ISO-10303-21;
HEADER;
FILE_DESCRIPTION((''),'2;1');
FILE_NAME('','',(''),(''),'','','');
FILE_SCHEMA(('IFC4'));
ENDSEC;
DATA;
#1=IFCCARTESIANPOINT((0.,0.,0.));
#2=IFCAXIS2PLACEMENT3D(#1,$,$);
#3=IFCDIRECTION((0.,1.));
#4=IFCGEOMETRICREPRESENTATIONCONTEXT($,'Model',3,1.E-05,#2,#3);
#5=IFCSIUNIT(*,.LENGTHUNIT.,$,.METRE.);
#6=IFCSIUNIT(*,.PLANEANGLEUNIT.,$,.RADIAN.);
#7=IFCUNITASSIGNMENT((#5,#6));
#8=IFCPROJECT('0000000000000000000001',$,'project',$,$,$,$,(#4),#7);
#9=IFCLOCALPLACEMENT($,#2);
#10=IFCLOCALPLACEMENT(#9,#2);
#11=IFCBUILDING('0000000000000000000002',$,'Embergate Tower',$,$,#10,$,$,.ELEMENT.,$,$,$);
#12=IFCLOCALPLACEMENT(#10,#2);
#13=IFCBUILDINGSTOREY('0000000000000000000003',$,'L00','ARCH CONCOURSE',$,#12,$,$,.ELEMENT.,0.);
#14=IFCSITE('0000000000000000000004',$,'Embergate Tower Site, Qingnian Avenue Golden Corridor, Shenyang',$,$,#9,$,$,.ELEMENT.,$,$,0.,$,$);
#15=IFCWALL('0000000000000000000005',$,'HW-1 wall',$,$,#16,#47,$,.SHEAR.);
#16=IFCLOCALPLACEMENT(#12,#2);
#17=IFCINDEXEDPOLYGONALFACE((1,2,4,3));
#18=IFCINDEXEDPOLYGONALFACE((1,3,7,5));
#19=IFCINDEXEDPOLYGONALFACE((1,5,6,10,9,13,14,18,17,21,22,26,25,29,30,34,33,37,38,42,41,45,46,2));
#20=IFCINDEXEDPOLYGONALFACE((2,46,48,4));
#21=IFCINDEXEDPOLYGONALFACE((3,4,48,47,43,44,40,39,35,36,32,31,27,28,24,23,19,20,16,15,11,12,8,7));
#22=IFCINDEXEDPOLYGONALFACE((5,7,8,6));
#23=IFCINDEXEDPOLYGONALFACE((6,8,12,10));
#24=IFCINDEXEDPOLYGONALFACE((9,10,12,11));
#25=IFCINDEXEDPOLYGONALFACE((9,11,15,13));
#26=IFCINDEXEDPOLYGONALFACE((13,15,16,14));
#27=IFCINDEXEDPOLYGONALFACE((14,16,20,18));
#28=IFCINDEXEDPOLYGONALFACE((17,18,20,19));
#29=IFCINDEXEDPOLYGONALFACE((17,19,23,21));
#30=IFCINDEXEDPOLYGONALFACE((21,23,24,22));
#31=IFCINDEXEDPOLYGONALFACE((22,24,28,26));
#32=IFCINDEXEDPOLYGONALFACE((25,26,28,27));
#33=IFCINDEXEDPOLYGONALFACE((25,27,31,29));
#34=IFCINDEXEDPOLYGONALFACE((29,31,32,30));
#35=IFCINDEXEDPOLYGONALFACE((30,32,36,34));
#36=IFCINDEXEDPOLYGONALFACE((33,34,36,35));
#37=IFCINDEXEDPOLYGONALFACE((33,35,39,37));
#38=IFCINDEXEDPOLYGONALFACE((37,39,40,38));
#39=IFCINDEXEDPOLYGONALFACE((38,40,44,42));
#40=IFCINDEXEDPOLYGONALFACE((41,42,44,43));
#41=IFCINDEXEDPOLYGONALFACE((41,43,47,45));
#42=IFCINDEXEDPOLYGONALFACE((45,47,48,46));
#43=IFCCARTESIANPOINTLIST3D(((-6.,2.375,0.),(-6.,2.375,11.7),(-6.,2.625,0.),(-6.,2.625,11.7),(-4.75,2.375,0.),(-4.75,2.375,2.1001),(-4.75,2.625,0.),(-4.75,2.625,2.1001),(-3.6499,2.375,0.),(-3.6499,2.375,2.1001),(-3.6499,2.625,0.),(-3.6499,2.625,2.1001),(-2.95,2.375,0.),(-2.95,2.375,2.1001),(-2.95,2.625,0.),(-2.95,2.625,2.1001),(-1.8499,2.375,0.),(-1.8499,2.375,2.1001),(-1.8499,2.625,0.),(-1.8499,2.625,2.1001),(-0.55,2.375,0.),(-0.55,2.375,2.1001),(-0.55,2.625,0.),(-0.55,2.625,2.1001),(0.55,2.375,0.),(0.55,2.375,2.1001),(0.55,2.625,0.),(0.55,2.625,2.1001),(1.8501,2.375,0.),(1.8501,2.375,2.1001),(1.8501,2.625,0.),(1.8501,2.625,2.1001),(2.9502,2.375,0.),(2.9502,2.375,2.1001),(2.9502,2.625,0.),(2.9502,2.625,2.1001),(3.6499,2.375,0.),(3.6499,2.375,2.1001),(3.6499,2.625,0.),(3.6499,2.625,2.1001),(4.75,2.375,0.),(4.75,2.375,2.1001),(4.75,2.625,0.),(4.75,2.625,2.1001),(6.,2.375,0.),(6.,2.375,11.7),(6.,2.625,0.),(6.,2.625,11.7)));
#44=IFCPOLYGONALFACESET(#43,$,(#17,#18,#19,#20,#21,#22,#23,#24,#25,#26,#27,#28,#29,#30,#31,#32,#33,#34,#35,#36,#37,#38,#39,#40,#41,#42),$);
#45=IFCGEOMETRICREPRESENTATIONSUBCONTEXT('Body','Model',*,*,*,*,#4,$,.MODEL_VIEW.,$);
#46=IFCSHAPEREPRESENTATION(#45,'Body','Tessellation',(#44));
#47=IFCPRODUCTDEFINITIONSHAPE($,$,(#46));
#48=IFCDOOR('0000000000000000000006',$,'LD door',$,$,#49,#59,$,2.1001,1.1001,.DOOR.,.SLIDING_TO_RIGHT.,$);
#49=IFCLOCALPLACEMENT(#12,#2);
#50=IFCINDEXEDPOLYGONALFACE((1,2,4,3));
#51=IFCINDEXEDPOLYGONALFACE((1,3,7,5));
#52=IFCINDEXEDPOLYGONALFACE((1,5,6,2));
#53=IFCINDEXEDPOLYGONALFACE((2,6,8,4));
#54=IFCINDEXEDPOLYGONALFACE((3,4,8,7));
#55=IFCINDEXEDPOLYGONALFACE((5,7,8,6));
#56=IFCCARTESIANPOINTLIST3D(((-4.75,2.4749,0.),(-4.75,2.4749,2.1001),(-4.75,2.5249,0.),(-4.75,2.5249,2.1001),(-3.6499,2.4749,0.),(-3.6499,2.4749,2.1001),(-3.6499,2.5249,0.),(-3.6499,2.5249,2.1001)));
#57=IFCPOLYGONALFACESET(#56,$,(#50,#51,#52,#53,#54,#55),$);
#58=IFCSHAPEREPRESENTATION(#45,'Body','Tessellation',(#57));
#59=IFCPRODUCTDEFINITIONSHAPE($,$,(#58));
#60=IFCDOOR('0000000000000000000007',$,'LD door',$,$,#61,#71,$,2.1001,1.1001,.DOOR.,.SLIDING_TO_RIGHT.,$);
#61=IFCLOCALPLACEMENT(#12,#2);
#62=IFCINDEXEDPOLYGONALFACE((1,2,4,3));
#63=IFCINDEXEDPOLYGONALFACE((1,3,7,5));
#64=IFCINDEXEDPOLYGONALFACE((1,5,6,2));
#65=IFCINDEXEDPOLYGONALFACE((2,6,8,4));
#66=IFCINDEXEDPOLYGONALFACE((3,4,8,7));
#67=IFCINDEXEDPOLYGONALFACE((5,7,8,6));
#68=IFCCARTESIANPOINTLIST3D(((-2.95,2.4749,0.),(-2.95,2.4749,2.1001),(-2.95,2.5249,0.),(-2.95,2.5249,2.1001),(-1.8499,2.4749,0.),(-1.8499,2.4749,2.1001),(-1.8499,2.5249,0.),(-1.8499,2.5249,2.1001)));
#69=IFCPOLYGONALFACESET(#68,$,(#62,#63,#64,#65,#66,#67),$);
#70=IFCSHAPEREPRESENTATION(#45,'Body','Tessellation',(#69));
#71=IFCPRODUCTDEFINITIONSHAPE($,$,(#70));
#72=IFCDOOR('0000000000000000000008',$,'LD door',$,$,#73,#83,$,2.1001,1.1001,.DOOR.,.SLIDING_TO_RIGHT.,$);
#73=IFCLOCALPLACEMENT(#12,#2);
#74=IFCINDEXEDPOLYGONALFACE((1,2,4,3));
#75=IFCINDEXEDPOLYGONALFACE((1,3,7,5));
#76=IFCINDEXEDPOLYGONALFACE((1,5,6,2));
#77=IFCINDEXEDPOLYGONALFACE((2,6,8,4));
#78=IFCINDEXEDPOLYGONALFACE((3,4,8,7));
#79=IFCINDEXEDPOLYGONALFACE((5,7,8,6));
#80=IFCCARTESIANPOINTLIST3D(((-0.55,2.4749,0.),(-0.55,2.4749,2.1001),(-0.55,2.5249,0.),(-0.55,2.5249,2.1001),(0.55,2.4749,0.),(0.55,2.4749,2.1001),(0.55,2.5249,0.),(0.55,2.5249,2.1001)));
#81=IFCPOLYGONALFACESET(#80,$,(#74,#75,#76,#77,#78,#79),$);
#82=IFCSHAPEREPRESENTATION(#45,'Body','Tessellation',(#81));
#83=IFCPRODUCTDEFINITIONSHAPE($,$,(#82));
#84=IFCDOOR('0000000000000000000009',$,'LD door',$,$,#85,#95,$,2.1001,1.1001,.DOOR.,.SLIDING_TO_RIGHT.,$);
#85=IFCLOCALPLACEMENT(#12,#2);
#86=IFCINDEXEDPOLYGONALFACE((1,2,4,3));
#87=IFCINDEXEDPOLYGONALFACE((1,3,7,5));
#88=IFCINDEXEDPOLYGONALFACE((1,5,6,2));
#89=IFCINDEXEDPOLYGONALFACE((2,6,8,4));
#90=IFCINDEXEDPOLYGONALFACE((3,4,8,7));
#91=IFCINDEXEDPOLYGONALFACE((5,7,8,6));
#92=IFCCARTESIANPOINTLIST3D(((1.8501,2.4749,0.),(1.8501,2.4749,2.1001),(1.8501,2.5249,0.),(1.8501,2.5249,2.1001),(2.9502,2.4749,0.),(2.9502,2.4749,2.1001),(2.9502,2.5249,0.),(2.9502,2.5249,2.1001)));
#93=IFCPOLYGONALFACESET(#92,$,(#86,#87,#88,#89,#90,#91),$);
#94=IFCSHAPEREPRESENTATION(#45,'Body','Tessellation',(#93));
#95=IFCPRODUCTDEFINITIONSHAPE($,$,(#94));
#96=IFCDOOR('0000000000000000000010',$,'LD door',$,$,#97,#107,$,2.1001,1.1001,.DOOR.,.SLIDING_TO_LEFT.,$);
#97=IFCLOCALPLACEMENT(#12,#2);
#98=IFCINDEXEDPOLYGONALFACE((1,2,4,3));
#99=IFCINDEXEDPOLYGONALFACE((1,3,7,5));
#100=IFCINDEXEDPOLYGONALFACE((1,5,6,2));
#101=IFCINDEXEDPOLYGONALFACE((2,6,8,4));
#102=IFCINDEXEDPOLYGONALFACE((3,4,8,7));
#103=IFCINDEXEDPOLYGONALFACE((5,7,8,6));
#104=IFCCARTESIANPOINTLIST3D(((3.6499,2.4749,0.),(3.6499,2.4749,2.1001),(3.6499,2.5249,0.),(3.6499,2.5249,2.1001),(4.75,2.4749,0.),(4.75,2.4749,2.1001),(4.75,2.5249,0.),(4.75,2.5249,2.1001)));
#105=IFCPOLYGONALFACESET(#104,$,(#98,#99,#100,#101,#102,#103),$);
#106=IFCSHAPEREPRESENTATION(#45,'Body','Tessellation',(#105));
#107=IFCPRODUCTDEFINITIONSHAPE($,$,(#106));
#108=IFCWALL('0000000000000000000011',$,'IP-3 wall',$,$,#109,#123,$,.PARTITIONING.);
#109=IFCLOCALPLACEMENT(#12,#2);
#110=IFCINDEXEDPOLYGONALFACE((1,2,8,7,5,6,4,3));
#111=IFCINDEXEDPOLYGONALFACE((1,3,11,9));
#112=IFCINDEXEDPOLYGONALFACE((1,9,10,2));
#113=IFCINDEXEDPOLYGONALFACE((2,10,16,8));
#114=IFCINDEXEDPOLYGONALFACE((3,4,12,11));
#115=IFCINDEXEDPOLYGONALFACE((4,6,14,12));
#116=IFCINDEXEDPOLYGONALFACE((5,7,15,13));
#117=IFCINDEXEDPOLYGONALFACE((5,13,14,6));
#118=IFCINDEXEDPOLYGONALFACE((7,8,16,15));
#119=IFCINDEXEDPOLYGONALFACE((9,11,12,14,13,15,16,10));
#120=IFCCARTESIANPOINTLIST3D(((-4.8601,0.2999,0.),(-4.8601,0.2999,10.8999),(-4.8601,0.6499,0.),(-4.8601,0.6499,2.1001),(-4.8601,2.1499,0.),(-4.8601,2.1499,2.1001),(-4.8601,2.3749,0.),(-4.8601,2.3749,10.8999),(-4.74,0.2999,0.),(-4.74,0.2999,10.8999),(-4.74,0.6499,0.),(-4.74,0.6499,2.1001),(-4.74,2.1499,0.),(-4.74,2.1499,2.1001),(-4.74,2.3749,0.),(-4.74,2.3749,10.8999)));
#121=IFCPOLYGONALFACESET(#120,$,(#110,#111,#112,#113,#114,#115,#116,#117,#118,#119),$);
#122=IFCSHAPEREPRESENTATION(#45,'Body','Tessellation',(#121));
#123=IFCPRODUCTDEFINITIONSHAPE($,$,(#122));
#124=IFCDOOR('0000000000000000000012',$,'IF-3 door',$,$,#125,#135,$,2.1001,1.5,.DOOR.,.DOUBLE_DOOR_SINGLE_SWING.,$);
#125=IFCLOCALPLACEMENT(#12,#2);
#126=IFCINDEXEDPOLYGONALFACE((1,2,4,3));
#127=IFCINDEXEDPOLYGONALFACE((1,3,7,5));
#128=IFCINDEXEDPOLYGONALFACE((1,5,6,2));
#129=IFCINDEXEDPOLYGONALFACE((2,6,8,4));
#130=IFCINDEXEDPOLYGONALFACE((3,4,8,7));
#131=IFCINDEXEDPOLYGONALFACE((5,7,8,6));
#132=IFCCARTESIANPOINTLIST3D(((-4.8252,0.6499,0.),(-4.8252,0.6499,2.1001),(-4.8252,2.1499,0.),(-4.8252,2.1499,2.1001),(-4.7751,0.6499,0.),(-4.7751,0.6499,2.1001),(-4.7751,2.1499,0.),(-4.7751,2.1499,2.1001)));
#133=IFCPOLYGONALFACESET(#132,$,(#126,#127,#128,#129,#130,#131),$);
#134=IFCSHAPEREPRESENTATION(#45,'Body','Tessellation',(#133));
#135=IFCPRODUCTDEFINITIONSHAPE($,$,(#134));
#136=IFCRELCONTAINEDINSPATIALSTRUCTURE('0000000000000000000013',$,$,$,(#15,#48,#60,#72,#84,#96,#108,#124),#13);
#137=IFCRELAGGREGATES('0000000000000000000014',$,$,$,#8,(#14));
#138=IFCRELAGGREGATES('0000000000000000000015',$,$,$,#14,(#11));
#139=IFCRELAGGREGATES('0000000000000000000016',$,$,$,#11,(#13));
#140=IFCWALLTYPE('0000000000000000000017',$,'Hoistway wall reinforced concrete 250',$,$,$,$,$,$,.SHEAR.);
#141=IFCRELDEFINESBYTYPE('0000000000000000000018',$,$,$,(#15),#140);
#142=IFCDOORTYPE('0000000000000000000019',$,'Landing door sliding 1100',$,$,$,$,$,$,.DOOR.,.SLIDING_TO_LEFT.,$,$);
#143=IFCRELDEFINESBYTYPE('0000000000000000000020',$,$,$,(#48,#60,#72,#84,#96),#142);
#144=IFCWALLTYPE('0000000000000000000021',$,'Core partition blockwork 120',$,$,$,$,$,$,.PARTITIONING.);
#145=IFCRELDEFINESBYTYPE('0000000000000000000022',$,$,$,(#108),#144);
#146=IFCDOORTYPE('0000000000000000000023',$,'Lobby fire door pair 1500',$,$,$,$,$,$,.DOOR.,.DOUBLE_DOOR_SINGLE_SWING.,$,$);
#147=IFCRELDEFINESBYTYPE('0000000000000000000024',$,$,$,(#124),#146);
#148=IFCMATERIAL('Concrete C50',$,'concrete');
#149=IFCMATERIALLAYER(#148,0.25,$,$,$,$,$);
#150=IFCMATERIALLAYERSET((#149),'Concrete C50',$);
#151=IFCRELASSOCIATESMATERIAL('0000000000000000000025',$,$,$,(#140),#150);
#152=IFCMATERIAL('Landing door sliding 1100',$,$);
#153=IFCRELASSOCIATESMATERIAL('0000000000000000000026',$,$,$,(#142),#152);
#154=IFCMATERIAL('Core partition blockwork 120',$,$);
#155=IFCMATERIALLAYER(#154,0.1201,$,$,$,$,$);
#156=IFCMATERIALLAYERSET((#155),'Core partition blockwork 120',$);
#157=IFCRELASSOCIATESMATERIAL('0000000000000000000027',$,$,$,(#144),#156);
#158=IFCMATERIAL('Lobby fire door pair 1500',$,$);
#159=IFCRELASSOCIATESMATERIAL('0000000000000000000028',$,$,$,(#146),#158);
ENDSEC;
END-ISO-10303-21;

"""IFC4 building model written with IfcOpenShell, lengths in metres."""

from ifc_helpers import new_model, si_unit, direction, frame, frame_2d, origin, place, context, subcontext, project, spatial, rectangle, extrude, source, transform, mapped, material, layer, layer_set, type_object, element, fill, save


model = new_model("IFC4")

# Units and contexts
model_context = context("Model", 3, precision=1e-05, world=origin(), true_north=direction((0.0, 1.0)))
body_context = subcontext(model_context, "Body", "Model", "MODEL_VIEW")
ifc_project = project(units=[si_unit("LENGTHUNIT", "METRE"), si_unit("PLANEANGLEUNIT", "RADIAN")], contexts=[model_context])

# Site, building, storey
site_placement = place(None, origin())
site = spatial("IfcSite", under=ifc_project, at=site_placement, Name="Embergate Tower Site, Qingnian Avenue Golden Corridor, Shenyang", CompositionType="ELEMENT", RefElevation=0.0)
building_placement = place(site_placement, origin())
building = spatial("IfcBuilding", under=site, at=building_placement, Name="Embergate Tower", CompositionType="ELEMENT")
storey_placement = place(building_placement, origin())
storey = spatial("IfcBuildingStorey", under=building, at=storey_placement, Name="L00", Description="ARCH CONCOURSE", CompositionType="ELEMENT", Elevation=0.0)

# Shared definitions
ifc_material_1 = material(Name="Concrete C50", Category="concrete")
ifc_layer_1 = layer(ifc_material_1, 0.25)
ifc_layer_set_1 = layer_set([ifc_layer_1], Name="Concrete C50")
wall_type_1 = type_object("IfcWallType", Name="Hoistway wall reinforced concrete 250", PredefinedType="SHEAR", material=ifc_layer_set_1)

# Wall, openings, doors
shared_shape_1 = source(origin(), body_context, "Body", "SweptSolid", [
    extrude(rectangle(XDim=12.0, YDim=0.25, at=frame_2d((6.0, 0.0))), origin(), (0.0, 0.0, 1.0), 11.7),
])
wall_1_placement = place(storey_placement, frame((-6.0, 2.5, 0.0), z_axis=(0.0, 0.0, 1.0), x_axis=(1.0, 0.0, 0.0)))
wall_1 = element("IfcWall", 1, at=wall_1_placement, inside=storey, type_object=wall_type_1, Name="HW-1 wall", PredefinedType="SHEAR", context=body_context, shape_type="MappedRepresentation", body=[
    mapped(shared_shape_1, transform((0.0, 0.0, 0.0))),
])
shared_shape_2 = source(origin(), body_context, "Body", "SweptSolid", [
    extrude(rectangle(XDim=1.1001, YDim=2.1001, at=frame_2d((0.55, 1.05))), frame((0.0, 0.135, 0.0), z_axis=(0.0, -1.0, 0.0), x_axis=(1.0, 0.0, 0.0)), (0.0, 0.0, 1.0), 0.27),
])
opening_1_placement = place(wall_1_placement, frame((1.25, 0.0, 0.0)))
opening_1 = element("IfcOpeningElement", 2, at=opening_1_placement, cuts=wall_1, PredefinedType="OPENING", context=body_context, shape_type="MappedRepresentation", body=[
    mapped(shared_shape_2, transform((0.0, 0.0, 0.0))),
])
opening_2_placement = place(wall_1_placement, frame((3.05, 0.0, 0.0)))
opening_2 = element("IfcOpeningElement", 3, at=opening_2_placement, cuts=wall_1, PredefinedType="OPENING", context=body_context, shape_type="MappedRepresentation", body=[
    mapped(shared_shape_2, transform((0.0, 0.0, 0.0))),
])
opening_3_placement = place(wall_1_placement, frame((5.45, 0.0, 0.0)))
opening_3 = element("IfcOpeningElement", 4, at=opening_3_placement, cuts=wall_1, PredefinedType="OPENING", context=body_context, shape_type="MappedRepresentation", body=[
    mapped(shared_shape_2, transform((0.0, 0.0, 0.0))),
])
opening_4_placement = place(wall_1_placement, frame((7.8501, 0.0, 0.0)))
opening_4 = element("IfcOpeningElement", 5, at=opening_4_placement, cuts=wall_1, PredefinedType="OPENING", context=body_context, shape_type="MappedRepresentation", body=[
    mapped(shared_shape_2, transform((0.0, 0.0, 0.0))),
])
opening_5_placement = place(wall_1_placement, frame((9.6499, 0.0, 0.0)))
opening_5 = element("IfcOpeningElement", 6, at=opening_5_placement, cuts=wall_1, PredefinedType="OPENING", context=body_context, shape_type="MappedRepresentation", body=[
    mapped(shared_shape_2, transform((0.0, 0.0, 0.0))),
])
ifc_material_2 = material(Name="Landing door sliding 1100")
door_type_1 = type_object("IfcDoorType", Name="Landing door sliding 1100", OperationType="SLIDING_TO_LEFT", PredefinedType="DOOR", material=ifc_material_2)
shared_shape_3 = source(origin(), body_context, "Body", "SweptSolid", [
    extrude(rectangle(XDim=1.1001, YDim=2.1001, at=frame_2d((0.55, 1.05))), frame((0.0, 0.0249, 0.0), z_axis=(0.0, -1.0, 0.0), x_axis=(1.0, 0.0, 0.0)), (0.0, 0.0, 1.0), 0.05),
])
door_1_placement = place(opening_1_placement, origin())
door_1 = element("IfcDoor", 7, at=door_1_placement, inside=storey, type_object=door_type_1, Name="LD door", OperationType="SLIDING_TO_RIGHT", OverallHeight=2.1001, OverallWidth=1.1001, PredefinedType="DOOR", context=body_context, shape_type="MappedRepresentation", body=[
    mapped(shared_shape_3, transform((0.0, 0.0, 0.0))),
])
fill(opening_1, door_1)
door_2_placement = place(opening_2_placement, origin())
door_2 = element("IfcDoor", 8, at=door_2_placement, inside=storey, type_object=door_type_1, Name="LD door", OperationType="SLIDING_TO_RIGHT", OverallHeight=2.1001, OverallWidth=1.1001, PredefinedType="DOOR", context=body_context, shape_type="MappedRepresentation", body=[
    mapped(shared_shape_3, transform((0.0, 0.0, 0.0))),
])
fill(opening_2, door_2)
door_3_placement = place(opening_3_placement, origin())
door_3 = element("IfcDoor", 9, at=door_3_placement, inside=storey, type_object=door_type_1, Name="LD door", OperationType="SLIDING_TO_RIGHT", OverallHeight=2.1001, OverallWidth=1.1001, PredefinedType="DOOR", context=body_context, shape_type="MappedRepresentation", body=[
    mapped(shared_shape_3, transform((0.0, 0.0, 0.0))),
])
fill(opening_3, door_3)
door_4_placement = place(opening_4_placement, origin())
door_4 = element("IfcDoor", 10, at=door_4_placement, inside=storey, type_object=door_type_1, Name="LD door", OperationType="SLIDING_TO_RIGHT", OverallHeight=2.1001, OverallWidth=1.1001, PredefinedType="DOOR", context=body_context, shape_type="MappedRepresentation", body=[
    mapped(shared_shape_3, transform((0.0, 0.0, 0.0))),
])
fill(opening_4, door_4)
door_5_placement = place(opening_5_placement, origin())
door_5 = element("IfcDoor", 11, at=door_5_placement, inside=storey, type_object=door_type_1, Name="LD door", OperationType="SLIDING_TO_LEFT", OverallHeight=2.1001, OverallWidth=1.1001, PredefinedType="DOOR", context=body_context, shape_type="MappedRepresentation", body=[
    mapped(shared_shape_3, transform((0.0, 0.0, 0.0))),
])
fill(opening_5, door_5)

# Wall, opening, door
ifc_material_3 = material(Name="Core partition blockwork 120")
ifc_layer_2 = layer(ifc_material_3, 0.1201)
ifc_layer_set_2 = layer_set([ifc_layer_2], Name="Core partition blockwork 120")
wall_type_2 = type_object("IfcWallType", Name="Core partition blockwork 120", PredefinedType="PARTITIONING", material=ifc_layer_set_2)
shared_shape_4 = source(origin(), body_context, "Body", "SweptSolid", [
    extrude(rectangle(XDim=2.075, YDim=0.1201, at=frame_2d((1.0376, 0.0))), origin(), (0.0, 0.0, 1.0), 10.8999),
])
wall_2_placement = place(storey_placement, frame((-4.8, 2.375, 0.0), z_axis=(0.0, 0.0, 1.0), x_axis=(0.0, -1.0, 0.0)))
wall_2 = element("IfcWall", 12, at=wall_2_placement, inside=storey, type_object=wall_type_2, Name="IP-3 wall", PredefinedType="PARTITIONING", context=body_context, shape_type="MappedRepresentation", body=[
    mapped(shared_shape_4, transform((0.0, 0.0, 0.0))),
])
shared_shape_5 = source(origin(), body_context, "Body", "SweptSolid", [
    extrude(rectangle(XDim=1.5, YDim=2.1001, at=frame_2d((0.75, 1.05))), frame((0.0, 0.0701, 0.0), z_axis=(0.0, -1.0, 0.0), x_axis=(1.0, 0.0, 0.0)), (0.0, 0.0, 1.0), 0.1401),
])
opening_6_placement = place(wall_2_placement, frame((0.2251, 0.0, 0.0)))
opening_6 = element("IfcOpeningElement", 13, at=opening_6_placement, cuts=wall_2, PredefinedType="OPENING", context=body_context, shape_type="MappedRepresentation", body=[
    mapped(shared_shape_5, transform((0.0, 0.0, 0.0))),
])
ifc_material_4 = material(Name="Lobby fire door pair 1500")
door_type_2 = type_object("IfcDoorType", Name="Lobby fire door pair 1500", OperationType="DOUBLE_DOOR_SINGLE_SWING", PredefinedType="DOOR", material=ifc_material_4)
shared_shape_6 = source(origin(), body_context, "Body", "SweptSolid", [
    extrude(rectangle(XDim=1.5, YDim=2.1001, at=frame_2d((0.75, 1.05))), frame((0.0, 0.0249, 0.0), z_axis=(0.0, -1.0, 0.0), x_axis=(1.0, 0.0, 0.0)), (0.0, 0.0, 1.0), 0.05),
])
door_6_placement = place(opening_6_placement, origin())
door_6 = element("IfcDoor", 14, at=door_6_placement, inside=storey, type_object=door_type_2, Name="IF-3 door", OperationType="DOUBLE_DOOR_SINGLE_SWING", OverallHeight=2.1001, OverallWidth=1.5, PredefinedType="DOOR", context=body_context, shape_type="MappedRepresentation", body=[
    mapped(shared_shape_6, transform((0.0, 0.0, 0.0))),
])
fill(opening_6, door_6)

save(model, "model.ifc")
